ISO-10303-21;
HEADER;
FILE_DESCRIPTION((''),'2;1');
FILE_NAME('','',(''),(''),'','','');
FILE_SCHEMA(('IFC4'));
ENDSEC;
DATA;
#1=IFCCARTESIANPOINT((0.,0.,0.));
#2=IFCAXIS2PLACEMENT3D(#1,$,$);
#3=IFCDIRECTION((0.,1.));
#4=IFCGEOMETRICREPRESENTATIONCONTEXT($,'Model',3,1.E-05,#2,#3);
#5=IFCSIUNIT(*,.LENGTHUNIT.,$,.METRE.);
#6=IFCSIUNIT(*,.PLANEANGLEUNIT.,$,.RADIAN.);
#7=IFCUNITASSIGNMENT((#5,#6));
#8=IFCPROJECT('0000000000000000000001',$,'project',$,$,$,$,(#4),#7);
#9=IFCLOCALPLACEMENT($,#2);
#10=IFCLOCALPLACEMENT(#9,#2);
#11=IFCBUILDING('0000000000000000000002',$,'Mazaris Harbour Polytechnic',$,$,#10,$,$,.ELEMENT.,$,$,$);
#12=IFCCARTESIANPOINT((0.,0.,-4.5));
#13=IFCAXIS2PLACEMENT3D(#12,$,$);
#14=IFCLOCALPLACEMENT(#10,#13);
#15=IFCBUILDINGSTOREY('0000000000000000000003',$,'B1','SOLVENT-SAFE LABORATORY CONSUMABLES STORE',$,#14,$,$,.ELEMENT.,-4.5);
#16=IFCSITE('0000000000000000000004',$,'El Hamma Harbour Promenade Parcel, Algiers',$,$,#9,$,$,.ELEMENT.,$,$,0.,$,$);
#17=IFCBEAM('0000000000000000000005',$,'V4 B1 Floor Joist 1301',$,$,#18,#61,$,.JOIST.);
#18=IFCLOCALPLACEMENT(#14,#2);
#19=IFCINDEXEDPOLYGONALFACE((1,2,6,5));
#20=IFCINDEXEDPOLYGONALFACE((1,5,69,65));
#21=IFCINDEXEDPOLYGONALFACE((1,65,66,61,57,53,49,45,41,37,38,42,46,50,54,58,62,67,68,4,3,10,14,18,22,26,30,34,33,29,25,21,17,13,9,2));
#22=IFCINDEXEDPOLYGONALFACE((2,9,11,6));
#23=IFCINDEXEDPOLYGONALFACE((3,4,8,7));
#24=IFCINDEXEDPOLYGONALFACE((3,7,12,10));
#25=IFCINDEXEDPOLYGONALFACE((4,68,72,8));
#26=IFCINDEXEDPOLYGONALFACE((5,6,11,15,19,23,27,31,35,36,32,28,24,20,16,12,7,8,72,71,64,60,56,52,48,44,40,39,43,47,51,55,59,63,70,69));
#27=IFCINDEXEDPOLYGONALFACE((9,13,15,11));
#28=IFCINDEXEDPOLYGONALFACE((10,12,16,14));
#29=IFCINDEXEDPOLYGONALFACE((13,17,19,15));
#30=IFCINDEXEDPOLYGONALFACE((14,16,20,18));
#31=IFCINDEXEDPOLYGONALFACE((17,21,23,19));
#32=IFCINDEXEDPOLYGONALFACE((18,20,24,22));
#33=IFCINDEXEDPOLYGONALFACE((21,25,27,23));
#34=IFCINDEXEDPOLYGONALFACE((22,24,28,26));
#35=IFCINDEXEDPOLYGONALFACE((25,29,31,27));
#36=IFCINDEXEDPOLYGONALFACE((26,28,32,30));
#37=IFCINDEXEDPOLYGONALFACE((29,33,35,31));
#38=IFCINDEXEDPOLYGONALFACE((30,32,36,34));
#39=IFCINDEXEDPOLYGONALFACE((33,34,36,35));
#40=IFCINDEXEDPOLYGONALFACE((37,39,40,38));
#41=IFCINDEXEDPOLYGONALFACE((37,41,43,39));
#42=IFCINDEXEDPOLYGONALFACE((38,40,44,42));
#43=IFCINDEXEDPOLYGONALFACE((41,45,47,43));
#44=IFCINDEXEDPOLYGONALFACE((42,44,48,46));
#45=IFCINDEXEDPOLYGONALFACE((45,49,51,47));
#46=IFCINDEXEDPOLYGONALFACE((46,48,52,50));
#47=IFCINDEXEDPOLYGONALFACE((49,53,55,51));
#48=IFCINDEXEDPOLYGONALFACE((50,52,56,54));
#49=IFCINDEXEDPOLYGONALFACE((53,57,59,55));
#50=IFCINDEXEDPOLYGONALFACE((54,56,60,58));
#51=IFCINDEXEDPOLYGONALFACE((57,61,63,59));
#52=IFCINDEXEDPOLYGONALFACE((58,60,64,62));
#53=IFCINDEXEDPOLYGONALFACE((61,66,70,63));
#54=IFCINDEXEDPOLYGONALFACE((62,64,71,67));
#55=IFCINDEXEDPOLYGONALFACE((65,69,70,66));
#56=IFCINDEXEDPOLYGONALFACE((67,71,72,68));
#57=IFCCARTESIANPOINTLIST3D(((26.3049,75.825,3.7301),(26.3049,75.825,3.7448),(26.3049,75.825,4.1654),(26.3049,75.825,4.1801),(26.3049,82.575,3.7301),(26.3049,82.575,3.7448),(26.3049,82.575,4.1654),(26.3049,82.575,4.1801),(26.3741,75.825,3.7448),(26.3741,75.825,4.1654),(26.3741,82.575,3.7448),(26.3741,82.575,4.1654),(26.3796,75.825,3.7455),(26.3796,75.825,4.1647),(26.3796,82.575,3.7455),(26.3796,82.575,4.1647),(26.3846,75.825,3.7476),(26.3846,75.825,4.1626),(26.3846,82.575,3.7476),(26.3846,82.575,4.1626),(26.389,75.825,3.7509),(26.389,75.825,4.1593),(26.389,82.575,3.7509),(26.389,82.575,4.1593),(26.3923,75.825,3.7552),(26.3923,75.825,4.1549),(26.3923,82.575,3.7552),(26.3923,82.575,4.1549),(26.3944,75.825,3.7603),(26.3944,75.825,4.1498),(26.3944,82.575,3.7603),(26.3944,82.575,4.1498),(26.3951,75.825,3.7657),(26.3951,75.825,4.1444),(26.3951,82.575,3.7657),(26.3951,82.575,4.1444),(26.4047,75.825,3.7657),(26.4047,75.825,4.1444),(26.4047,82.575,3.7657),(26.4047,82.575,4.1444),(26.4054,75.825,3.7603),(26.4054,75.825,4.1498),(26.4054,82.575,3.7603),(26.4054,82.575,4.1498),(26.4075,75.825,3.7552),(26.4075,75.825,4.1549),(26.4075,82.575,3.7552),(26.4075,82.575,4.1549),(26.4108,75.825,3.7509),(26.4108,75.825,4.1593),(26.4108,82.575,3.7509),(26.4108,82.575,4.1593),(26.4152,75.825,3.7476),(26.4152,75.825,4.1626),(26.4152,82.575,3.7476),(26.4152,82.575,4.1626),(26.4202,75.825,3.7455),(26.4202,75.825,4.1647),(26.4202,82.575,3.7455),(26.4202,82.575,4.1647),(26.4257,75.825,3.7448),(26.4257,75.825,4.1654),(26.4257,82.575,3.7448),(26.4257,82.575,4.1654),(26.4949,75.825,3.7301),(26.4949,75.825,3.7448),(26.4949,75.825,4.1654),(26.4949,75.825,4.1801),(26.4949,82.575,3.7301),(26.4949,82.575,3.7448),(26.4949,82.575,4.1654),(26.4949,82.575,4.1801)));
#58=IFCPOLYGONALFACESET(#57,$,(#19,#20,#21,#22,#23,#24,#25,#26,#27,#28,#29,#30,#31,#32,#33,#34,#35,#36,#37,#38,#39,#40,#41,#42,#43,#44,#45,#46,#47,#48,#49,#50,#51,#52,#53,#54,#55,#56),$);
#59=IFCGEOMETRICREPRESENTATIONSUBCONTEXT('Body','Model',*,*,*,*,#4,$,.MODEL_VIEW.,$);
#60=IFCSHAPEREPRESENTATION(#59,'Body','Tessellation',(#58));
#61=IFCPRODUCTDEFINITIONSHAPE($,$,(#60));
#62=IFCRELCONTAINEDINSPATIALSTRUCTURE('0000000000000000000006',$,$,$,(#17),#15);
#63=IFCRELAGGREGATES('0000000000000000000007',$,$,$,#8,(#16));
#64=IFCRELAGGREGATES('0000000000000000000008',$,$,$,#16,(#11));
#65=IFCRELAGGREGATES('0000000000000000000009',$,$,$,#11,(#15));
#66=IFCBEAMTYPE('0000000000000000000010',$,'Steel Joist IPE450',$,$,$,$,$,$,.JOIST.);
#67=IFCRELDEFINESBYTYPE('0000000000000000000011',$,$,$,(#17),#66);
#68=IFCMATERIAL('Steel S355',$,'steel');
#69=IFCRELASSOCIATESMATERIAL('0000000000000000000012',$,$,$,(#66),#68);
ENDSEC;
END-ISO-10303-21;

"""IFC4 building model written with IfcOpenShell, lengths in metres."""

from ifc_helpers import new_model, si_unit, direction, frame, origin, origin_2d, place, context, subcontext, project, spatial, i_section, extrude, material, material_profile, profile_set, type_object, element, save


model = new_model("IFC4")

# Units and contexts
model_context = context("Model", 3, precision=1e-05, world=origin(), true_north=direction((0.0, 1.0)))
body_context = subcontext(model_context, "Body", "Model", "MODEL_VIEW")
ifc_project = project(units=[si_unit("LENGTHUNIT", "METRE"), si_unit("PLANEANGLEUNIT", "RADIAN")], contexts=[model_context])

# Site, building, storey
site_placement = place(None, origin())
site = spatial("IfcSite", under=ifc_project, at=site_placement, Name="El Hamma Harbour Promenade Parcel, Algiers", CompositionType="ELEMENT", RefElevation=0.0)
building_placement = place(site_placement, origin())
building = spatial("IfcBuilding", under=site, at=building_placement, Name="Mazaris Harbour Polytechnic", CompositionType="ELEMENT")
storey_placement = place(building_placement, frame((0.0, 0.0, -4.5)))
storey = spatial("IfcBuildingStorey", under=building, at=storey_placement, Name="B1", Description="SOLVENT-SAFE LABORATORY CONSUMABLES STORE", CompositionType="ELEMENT", Elevation=-4.5)

# Beam
ifc_material_1 = material(Name="Steel S355", Category="steel")
ifc_material_profile_1 = material_profile(ifc_material_1, i_section(OverallWidth=0.1899, OverallDepth=0.45, WebThickness=0.0095, FlangeThickness=0.0146, FilletRadius=0.021, at=origin_2d()), Name="IPE 450")
ifc_profile_set_1 = profile_set([ifc_material_profile_1], Name="Steel S355")
beam_type_1 = type_object("IfcBeamType", Name="Steel Joist IPE450", PredefinedType="JOIST", material=ifc_profile_set_1)
beam_1_placement = place(storey_placement, frame((26.3999, 75.825, 3.9551), z_axis=(0.0, 1.0, 0.0), x_axis=(-1.0, 0.0, 0.0)))
element("IfcBeam", 1, at=beam_1_placement, inside=storey, type_object=beam_type_1, Name="V4 B1 Floor Joist 1301", PredefinedType="JOIST", context=body_context, shape_type="SweptSolid", body=[
    extrude(i_section(OverallWidth=0.1899, OverallDepth=0.45, WebThickness=0.0095, FlangeThickness=0.0146, FilletRadius=0.021, at=origin_2d()), origin(), (0.0, 0.0, 1.0), 6.75),
])

save(model, "model.ifc")
